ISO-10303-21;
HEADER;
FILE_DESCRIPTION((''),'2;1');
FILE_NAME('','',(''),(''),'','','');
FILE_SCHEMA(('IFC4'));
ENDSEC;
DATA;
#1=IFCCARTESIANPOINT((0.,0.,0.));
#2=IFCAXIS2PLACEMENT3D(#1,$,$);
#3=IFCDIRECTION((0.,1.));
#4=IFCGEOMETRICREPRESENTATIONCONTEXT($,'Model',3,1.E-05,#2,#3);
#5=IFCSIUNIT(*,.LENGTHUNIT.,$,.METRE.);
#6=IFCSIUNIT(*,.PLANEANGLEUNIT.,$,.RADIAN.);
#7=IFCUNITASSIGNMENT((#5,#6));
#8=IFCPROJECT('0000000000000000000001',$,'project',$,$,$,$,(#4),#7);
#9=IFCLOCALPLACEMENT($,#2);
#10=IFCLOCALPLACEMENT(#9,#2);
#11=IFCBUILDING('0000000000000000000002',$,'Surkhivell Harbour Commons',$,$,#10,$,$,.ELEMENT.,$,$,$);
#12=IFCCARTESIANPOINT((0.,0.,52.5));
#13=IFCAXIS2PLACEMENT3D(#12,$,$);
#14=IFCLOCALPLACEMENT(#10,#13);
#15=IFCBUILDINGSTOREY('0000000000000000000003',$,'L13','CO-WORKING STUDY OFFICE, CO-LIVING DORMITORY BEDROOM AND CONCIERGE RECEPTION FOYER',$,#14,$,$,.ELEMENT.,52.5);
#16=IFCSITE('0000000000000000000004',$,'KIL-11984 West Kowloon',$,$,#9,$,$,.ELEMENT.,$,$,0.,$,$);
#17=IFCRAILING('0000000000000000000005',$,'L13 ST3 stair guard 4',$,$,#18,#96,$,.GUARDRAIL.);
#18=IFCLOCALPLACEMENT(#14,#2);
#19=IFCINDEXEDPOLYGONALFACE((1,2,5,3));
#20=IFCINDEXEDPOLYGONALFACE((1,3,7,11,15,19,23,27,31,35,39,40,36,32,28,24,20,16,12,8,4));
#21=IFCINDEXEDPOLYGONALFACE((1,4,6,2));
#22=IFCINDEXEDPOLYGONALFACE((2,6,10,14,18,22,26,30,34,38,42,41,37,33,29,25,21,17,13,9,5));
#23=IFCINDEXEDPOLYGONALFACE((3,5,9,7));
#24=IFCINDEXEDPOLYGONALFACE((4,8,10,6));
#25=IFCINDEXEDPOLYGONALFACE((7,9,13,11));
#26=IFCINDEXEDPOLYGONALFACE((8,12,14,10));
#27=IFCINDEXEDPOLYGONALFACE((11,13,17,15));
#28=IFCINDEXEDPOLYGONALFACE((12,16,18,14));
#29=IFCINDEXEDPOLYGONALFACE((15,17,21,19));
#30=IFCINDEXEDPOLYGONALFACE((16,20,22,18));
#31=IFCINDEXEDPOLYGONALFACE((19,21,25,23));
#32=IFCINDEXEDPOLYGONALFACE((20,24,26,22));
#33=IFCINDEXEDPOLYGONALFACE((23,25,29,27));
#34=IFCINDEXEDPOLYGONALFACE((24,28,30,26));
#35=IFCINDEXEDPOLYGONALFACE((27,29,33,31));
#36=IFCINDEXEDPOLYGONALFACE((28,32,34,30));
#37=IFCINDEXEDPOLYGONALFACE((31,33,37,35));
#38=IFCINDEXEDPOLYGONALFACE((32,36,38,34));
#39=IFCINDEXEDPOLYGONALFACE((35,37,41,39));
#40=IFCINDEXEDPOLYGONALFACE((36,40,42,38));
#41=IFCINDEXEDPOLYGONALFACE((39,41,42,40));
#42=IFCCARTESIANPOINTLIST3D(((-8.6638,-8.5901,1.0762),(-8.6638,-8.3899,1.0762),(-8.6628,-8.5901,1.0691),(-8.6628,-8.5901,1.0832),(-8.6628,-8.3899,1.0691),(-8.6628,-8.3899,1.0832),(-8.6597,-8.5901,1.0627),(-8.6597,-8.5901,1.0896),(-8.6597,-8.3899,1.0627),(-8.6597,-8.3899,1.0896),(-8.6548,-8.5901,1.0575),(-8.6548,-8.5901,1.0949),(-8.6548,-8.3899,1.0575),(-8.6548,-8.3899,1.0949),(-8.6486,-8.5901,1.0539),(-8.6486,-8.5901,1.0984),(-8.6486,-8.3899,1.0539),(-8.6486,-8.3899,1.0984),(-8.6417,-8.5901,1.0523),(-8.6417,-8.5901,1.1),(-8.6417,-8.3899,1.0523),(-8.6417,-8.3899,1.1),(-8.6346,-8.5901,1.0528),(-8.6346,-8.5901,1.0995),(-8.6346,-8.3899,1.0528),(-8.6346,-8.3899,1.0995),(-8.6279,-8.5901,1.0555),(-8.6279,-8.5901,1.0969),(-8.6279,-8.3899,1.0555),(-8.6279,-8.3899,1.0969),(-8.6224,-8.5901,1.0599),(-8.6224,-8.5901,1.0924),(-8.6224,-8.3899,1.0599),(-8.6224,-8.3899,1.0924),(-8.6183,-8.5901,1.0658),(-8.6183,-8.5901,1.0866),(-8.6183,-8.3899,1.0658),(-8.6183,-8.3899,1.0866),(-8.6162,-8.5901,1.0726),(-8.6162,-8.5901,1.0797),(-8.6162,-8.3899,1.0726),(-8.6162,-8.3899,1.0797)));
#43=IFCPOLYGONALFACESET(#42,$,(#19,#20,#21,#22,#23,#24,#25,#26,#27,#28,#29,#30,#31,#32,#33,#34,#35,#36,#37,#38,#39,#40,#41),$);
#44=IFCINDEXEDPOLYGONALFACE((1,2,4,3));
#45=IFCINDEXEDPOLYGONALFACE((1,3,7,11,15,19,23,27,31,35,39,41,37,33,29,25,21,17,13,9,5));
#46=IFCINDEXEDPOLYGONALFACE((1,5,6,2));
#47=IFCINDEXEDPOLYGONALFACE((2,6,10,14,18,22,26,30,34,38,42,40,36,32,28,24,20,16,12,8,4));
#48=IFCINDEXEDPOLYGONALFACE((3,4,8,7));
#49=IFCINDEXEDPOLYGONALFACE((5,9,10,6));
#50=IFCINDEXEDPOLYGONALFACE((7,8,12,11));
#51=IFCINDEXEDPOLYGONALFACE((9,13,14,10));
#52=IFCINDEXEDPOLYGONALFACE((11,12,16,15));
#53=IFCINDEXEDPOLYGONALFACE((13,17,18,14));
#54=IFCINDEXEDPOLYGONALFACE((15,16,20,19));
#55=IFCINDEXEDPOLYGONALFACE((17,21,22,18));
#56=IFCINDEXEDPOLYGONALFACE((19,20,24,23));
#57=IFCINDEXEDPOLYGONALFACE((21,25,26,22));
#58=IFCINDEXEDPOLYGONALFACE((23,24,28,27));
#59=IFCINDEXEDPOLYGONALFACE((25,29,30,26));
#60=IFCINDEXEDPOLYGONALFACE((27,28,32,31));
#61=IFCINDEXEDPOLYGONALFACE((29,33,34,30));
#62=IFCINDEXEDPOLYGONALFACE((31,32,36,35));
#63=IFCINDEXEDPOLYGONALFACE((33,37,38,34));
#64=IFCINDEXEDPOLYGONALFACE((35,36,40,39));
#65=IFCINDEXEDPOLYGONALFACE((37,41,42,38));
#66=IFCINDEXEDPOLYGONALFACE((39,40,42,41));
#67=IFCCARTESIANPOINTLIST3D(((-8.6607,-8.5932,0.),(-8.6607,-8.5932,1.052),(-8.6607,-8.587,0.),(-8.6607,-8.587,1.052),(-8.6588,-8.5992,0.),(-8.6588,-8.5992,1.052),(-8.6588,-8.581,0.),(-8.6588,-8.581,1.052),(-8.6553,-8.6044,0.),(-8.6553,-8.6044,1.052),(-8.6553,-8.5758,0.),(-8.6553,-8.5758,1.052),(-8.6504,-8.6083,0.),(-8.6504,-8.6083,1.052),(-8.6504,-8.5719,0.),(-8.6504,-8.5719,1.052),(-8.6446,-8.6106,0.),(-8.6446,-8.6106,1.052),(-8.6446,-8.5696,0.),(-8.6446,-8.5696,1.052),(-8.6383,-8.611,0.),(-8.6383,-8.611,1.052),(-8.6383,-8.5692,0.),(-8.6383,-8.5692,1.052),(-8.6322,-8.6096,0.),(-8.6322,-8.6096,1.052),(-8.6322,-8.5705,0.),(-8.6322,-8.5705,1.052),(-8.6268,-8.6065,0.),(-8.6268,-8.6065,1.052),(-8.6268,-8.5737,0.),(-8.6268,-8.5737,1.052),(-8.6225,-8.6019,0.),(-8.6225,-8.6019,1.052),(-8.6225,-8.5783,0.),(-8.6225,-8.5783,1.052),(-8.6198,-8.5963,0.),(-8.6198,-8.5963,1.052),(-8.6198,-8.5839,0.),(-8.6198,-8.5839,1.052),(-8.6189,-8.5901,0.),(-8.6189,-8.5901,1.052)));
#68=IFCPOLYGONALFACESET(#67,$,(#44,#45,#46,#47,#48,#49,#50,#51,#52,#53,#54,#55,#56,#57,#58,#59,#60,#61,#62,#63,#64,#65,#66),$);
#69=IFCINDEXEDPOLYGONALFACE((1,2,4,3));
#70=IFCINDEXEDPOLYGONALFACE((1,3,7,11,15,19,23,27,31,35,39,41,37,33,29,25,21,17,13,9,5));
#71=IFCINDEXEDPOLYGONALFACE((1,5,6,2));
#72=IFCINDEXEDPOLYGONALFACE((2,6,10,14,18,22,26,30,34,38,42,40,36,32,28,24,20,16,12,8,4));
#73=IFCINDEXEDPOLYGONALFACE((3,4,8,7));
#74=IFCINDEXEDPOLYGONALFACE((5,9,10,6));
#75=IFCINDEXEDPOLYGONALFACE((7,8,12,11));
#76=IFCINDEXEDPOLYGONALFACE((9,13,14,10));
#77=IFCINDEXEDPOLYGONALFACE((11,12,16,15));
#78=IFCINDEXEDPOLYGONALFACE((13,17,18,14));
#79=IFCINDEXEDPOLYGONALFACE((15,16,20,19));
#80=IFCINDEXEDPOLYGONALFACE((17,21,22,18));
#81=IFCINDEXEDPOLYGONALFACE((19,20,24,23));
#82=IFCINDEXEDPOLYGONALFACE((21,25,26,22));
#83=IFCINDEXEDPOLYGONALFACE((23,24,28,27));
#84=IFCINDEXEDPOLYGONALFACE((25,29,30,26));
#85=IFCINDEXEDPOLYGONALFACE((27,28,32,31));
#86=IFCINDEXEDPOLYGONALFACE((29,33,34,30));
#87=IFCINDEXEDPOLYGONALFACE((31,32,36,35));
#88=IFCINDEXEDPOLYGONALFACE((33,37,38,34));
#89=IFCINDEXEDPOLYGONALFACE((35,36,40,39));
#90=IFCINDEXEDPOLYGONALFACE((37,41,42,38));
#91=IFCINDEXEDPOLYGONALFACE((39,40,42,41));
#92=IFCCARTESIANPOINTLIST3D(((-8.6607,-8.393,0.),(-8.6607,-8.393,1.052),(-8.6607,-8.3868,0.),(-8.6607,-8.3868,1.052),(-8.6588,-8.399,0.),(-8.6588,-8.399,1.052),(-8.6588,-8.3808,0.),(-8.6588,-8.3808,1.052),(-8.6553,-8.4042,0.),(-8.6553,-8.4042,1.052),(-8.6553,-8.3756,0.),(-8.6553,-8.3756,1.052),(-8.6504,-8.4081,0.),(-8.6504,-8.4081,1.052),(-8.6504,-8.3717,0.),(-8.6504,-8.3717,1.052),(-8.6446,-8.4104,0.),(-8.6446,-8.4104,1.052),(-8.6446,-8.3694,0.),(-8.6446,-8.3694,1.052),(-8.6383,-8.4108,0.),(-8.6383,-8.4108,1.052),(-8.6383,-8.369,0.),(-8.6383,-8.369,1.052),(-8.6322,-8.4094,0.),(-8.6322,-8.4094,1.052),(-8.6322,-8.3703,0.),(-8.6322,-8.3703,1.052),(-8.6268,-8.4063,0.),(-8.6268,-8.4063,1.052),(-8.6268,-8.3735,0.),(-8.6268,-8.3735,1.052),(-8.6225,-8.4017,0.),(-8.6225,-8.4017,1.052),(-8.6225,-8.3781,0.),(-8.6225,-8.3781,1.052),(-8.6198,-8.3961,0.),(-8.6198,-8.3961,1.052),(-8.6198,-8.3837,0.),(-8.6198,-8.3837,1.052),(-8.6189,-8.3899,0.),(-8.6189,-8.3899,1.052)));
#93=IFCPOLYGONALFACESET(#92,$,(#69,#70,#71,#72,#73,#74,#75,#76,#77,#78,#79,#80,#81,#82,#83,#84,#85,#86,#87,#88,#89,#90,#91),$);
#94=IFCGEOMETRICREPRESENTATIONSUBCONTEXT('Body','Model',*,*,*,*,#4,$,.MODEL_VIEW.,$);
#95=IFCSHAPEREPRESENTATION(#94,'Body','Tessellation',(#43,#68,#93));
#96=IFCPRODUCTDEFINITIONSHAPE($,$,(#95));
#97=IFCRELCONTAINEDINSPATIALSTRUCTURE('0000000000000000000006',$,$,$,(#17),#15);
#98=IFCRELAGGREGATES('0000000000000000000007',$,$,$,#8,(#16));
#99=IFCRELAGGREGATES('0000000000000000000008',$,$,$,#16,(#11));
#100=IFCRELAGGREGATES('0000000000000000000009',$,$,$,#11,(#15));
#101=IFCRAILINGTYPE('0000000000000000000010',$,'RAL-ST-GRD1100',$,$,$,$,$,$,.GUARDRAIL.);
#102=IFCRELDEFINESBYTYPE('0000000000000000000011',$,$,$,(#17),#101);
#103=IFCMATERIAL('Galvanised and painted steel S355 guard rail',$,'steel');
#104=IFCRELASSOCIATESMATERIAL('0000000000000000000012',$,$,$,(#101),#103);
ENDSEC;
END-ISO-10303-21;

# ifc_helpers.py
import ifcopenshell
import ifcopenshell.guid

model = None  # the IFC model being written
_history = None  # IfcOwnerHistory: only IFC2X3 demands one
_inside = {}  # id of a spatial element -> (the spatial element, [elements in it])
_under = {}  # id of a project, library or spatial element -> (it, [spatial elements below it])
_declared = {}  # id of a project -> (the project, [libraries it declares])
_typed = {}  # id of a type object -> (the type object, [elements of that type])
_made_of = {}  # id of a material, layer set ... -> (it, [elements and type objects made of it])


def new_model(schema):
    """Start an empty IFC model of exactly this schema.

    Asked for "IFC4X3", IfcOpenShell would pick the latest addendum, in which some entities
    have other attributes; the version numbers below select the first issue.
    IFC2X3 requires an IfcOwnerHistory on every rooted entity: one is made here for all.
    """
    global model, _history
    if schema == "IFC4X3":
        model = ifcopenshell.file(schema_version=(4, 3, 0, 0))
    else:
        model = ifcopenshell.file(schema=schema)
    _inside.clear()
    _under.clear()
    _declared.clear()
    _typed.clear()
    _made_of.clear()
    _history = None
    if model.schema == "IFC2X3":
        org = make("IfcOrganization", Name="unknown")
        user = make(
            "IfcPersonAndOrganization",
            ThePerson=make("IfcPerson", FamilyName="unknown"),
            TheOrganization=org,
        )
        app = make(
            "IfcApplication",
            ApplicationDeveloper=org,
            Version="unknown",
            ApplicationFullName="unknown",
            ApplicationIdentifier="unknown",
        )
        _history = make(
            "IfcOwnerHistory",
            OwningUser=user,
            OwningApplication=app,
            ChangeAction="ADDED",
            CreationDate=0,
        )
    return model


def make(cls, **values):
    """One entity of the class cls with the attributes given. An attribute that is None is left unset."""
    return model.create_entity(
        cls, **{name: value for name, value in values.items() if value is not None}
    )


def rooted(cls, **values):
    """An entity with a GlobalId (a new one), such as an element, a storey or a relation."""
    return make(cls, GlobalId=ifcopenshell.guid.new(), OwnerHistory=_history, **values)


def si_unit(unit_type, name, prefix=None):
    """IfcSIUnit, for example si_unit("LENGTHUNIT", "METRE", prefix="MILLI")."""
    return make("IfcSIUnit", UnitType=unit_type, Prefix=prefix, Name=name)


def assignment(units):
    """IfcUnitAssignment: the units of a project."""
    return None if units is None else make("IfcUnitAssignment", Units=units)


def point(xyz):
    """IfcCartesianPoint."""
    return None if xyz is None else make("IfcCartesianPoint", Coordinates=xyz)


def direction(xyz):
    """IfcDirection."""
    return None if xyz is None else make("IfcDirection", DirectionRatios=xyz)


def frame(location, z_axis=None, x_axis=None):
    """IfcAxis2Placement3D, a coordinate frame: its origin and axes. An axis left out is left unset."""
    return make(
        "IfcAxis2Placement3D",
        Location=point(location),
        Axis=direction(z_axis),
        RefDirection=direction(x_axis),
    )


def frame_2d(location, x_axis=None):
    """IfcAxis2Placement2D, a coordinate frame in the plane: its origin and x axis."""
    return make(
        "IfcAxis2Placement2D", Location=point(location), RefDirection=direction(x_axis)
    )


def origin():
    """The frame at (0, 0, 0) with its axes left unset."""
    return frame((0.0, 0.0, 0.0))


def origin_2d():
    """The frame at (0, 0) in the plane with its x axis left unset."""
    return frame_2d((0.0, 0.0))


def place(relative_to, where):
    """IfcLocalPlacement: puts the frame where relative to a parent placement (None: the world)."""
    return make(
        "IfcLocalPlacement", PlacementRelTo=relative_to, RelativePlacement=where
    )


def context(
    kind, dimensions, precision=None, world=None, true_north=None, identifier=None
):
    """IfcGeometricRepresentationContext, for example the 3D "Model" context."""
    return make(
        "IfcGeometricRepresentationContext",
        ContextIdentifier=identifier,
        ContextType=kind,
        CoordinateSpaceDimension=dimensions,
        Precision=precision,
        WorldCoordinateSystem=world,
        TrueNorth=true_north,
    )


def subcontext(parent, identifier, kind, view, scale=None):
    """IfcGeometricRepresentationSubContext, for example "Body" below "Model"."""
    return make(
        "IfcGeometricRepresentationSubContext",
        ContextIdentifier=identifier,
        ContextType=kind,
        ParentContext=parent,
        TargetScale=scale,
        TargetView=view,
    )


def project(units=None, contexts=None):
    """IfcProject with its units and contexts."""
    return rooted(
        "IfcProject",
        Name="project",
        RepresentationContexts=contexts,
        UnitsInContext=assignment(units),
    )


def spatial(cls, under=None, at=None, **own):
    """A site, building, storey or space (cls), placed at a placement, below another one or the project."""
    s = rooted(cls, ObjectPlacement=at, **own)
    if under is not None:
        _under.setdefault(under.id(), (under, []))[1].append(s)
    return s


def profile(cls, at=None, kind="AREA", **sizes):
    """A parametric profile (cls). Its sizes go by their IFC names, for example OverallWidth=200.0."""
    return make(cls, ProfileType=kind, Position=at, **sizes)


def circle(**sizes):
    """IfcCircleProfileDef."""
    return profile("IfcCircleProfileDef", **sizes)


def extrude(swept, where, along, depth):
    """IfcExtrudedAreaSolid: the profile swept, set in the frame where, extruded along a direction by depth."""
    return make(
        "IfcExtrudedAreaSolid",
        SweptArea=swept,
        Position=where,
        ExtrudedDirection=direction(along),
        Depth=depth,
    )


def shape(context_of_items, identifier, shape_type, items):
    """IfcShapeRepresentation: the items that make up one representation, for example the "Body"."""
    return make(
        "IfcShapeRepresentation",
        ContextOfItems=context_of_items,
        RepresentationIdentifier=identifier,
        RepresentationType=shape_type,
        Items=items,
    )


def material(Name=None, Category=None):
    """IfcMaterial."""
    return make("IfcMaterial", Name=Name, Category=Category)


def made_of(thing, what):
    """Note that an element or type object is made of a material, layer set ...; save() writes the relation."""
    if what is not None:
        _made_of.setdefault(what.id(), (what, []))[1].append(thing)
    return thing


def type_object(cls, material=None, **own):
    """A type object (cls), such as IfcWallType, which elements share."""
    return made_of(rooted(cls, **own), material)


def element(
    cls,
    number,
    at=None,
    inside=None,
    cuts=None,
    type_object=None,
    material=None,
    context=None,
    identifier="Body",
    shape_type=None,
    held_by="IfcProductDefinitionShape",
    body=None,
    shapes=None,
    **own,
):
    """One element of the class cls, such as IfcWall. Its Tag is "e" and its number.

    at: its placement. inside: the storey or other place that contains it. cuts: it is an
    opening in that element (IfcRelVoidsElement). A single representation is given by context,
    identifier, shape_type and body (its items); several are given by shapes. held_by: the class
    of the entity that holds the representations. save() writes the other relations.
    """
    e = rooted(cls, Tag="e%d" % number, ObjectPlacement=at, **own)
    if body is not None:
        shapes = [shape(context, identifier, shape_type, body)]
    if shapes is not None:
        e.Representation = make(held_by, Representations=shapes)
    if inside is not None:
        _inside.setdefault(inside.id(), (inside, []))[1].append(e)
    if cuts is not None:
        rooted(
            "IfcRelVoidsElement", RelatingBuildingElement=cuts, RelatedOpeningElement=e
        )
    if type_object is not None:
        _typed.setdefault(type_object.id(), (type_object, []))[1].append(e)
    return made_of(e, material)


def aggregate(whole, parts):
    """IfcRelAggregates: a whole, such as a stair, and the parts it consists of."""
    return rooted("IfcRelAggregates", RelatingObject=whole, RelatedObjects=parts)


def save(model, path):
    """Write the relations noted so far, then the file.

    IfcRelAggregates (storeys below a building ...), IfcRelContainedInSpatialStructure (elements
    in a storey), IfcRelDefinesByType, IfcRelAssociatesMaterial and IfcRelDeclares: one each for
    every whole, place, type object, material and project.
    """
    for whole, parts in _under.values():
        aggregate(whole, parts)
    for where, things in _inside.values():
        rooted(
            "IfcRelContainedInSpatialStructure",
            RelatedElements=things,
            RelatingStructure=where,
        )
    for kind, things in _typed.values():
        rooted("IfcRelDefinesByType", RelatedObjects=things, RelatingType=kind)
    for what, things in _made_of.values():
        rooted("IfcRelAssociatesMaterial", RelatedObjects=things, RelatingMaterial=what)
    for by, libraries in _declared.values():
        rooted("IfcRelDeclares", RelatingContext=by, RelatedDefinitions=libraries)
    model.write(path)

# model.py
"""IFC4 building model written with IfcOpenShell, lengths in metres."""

from ifc_helpers import new_model, si_unit, direction, frame, origin, origin_2d, place, context, subcontext, project, spatial, circle, extrude, material, type_object, element, save


model = new_model("IFC4")

# Units and contexts
model_context = context("Model", 3, precision=1e-05, world=origin(), true_north=direction((0.0, 1.0)))
body_context = subcontext(model_context, "Body", "Model", "MODEL_VIEW")
ifc_project = project(units=[si_unit("LENGTHUNIT", "METRE"), si_unit("PLANEANGLEUNIT", "RADIAN")], contexts=[model_context])

# Site, building, storey
site_placement = place(None, origin())
site = spatial("IfcSite", under=ifc_project, at=site_placement, Name="KIL-11984 West Kowloon", CompositionType="ELEMENT", RefElevation=0.0)
building_placement = place(site_placement, origin())
building = spatial("IfcBuilding", under=site, at=building_placement, Name="Surkhivell Harbour Commons", CompositionType="ELEMENT")
storey_placement = place(building_placement, frame((0.0, 0.0, 52.5)))
storey = spatial("IfcBuildingStorey", under=building, at=storey_placement, Name="L13", Description="CO-WORKING STUDY OFFICE, CO-LIVING DORMITORY BEDROOM AND CONCIERGE RECEPTION FOYER", CompositionType="ELEMENT", Elevation=52.5)

# Railing
ifc_material_1 = material(Name="Galvanised and painted steel S355 guard rail", Category="steel")
railing_type_1 = type_object("IfcRailingType", Name="RAL-ST-GRD1100", PredefinedType="GUARDRAIL", material=ifc_material_1)
railing_1_placement = place(storey_placement, frame((-8.6399, -8.5901, 0.0)))
element("IfcRailing", 1, at=railing_1_placement, inside=storey, type_object=railing_type_1, Name="L13 ST3 stair guard 4", PredefinedType="GUARDRAIL", context=body_context, shape_type="SweptSolid", body=[
    extrude(circle(Radius=0.0239, at=origin_2d()), frame((0.0, 0.0, 1.0762), z_axis=(0.0, 1.0, 0.0), x_axis=(-1.0, 0.0, 0.0)), (0.0, 0.0, 1.0), 0.2002),
    extrude(circle(Radius=0.021, at=origin_2d()), origin(), (0.0, 0.0, 1.0), 1.052),
    extrude(circle(Radius=0.021, at=origin_2d()), frame((0.0, 0.2002, 0.0)), (0.0, 0.0, 1.0), 1.052),
])

save(model, "model.ifc")
